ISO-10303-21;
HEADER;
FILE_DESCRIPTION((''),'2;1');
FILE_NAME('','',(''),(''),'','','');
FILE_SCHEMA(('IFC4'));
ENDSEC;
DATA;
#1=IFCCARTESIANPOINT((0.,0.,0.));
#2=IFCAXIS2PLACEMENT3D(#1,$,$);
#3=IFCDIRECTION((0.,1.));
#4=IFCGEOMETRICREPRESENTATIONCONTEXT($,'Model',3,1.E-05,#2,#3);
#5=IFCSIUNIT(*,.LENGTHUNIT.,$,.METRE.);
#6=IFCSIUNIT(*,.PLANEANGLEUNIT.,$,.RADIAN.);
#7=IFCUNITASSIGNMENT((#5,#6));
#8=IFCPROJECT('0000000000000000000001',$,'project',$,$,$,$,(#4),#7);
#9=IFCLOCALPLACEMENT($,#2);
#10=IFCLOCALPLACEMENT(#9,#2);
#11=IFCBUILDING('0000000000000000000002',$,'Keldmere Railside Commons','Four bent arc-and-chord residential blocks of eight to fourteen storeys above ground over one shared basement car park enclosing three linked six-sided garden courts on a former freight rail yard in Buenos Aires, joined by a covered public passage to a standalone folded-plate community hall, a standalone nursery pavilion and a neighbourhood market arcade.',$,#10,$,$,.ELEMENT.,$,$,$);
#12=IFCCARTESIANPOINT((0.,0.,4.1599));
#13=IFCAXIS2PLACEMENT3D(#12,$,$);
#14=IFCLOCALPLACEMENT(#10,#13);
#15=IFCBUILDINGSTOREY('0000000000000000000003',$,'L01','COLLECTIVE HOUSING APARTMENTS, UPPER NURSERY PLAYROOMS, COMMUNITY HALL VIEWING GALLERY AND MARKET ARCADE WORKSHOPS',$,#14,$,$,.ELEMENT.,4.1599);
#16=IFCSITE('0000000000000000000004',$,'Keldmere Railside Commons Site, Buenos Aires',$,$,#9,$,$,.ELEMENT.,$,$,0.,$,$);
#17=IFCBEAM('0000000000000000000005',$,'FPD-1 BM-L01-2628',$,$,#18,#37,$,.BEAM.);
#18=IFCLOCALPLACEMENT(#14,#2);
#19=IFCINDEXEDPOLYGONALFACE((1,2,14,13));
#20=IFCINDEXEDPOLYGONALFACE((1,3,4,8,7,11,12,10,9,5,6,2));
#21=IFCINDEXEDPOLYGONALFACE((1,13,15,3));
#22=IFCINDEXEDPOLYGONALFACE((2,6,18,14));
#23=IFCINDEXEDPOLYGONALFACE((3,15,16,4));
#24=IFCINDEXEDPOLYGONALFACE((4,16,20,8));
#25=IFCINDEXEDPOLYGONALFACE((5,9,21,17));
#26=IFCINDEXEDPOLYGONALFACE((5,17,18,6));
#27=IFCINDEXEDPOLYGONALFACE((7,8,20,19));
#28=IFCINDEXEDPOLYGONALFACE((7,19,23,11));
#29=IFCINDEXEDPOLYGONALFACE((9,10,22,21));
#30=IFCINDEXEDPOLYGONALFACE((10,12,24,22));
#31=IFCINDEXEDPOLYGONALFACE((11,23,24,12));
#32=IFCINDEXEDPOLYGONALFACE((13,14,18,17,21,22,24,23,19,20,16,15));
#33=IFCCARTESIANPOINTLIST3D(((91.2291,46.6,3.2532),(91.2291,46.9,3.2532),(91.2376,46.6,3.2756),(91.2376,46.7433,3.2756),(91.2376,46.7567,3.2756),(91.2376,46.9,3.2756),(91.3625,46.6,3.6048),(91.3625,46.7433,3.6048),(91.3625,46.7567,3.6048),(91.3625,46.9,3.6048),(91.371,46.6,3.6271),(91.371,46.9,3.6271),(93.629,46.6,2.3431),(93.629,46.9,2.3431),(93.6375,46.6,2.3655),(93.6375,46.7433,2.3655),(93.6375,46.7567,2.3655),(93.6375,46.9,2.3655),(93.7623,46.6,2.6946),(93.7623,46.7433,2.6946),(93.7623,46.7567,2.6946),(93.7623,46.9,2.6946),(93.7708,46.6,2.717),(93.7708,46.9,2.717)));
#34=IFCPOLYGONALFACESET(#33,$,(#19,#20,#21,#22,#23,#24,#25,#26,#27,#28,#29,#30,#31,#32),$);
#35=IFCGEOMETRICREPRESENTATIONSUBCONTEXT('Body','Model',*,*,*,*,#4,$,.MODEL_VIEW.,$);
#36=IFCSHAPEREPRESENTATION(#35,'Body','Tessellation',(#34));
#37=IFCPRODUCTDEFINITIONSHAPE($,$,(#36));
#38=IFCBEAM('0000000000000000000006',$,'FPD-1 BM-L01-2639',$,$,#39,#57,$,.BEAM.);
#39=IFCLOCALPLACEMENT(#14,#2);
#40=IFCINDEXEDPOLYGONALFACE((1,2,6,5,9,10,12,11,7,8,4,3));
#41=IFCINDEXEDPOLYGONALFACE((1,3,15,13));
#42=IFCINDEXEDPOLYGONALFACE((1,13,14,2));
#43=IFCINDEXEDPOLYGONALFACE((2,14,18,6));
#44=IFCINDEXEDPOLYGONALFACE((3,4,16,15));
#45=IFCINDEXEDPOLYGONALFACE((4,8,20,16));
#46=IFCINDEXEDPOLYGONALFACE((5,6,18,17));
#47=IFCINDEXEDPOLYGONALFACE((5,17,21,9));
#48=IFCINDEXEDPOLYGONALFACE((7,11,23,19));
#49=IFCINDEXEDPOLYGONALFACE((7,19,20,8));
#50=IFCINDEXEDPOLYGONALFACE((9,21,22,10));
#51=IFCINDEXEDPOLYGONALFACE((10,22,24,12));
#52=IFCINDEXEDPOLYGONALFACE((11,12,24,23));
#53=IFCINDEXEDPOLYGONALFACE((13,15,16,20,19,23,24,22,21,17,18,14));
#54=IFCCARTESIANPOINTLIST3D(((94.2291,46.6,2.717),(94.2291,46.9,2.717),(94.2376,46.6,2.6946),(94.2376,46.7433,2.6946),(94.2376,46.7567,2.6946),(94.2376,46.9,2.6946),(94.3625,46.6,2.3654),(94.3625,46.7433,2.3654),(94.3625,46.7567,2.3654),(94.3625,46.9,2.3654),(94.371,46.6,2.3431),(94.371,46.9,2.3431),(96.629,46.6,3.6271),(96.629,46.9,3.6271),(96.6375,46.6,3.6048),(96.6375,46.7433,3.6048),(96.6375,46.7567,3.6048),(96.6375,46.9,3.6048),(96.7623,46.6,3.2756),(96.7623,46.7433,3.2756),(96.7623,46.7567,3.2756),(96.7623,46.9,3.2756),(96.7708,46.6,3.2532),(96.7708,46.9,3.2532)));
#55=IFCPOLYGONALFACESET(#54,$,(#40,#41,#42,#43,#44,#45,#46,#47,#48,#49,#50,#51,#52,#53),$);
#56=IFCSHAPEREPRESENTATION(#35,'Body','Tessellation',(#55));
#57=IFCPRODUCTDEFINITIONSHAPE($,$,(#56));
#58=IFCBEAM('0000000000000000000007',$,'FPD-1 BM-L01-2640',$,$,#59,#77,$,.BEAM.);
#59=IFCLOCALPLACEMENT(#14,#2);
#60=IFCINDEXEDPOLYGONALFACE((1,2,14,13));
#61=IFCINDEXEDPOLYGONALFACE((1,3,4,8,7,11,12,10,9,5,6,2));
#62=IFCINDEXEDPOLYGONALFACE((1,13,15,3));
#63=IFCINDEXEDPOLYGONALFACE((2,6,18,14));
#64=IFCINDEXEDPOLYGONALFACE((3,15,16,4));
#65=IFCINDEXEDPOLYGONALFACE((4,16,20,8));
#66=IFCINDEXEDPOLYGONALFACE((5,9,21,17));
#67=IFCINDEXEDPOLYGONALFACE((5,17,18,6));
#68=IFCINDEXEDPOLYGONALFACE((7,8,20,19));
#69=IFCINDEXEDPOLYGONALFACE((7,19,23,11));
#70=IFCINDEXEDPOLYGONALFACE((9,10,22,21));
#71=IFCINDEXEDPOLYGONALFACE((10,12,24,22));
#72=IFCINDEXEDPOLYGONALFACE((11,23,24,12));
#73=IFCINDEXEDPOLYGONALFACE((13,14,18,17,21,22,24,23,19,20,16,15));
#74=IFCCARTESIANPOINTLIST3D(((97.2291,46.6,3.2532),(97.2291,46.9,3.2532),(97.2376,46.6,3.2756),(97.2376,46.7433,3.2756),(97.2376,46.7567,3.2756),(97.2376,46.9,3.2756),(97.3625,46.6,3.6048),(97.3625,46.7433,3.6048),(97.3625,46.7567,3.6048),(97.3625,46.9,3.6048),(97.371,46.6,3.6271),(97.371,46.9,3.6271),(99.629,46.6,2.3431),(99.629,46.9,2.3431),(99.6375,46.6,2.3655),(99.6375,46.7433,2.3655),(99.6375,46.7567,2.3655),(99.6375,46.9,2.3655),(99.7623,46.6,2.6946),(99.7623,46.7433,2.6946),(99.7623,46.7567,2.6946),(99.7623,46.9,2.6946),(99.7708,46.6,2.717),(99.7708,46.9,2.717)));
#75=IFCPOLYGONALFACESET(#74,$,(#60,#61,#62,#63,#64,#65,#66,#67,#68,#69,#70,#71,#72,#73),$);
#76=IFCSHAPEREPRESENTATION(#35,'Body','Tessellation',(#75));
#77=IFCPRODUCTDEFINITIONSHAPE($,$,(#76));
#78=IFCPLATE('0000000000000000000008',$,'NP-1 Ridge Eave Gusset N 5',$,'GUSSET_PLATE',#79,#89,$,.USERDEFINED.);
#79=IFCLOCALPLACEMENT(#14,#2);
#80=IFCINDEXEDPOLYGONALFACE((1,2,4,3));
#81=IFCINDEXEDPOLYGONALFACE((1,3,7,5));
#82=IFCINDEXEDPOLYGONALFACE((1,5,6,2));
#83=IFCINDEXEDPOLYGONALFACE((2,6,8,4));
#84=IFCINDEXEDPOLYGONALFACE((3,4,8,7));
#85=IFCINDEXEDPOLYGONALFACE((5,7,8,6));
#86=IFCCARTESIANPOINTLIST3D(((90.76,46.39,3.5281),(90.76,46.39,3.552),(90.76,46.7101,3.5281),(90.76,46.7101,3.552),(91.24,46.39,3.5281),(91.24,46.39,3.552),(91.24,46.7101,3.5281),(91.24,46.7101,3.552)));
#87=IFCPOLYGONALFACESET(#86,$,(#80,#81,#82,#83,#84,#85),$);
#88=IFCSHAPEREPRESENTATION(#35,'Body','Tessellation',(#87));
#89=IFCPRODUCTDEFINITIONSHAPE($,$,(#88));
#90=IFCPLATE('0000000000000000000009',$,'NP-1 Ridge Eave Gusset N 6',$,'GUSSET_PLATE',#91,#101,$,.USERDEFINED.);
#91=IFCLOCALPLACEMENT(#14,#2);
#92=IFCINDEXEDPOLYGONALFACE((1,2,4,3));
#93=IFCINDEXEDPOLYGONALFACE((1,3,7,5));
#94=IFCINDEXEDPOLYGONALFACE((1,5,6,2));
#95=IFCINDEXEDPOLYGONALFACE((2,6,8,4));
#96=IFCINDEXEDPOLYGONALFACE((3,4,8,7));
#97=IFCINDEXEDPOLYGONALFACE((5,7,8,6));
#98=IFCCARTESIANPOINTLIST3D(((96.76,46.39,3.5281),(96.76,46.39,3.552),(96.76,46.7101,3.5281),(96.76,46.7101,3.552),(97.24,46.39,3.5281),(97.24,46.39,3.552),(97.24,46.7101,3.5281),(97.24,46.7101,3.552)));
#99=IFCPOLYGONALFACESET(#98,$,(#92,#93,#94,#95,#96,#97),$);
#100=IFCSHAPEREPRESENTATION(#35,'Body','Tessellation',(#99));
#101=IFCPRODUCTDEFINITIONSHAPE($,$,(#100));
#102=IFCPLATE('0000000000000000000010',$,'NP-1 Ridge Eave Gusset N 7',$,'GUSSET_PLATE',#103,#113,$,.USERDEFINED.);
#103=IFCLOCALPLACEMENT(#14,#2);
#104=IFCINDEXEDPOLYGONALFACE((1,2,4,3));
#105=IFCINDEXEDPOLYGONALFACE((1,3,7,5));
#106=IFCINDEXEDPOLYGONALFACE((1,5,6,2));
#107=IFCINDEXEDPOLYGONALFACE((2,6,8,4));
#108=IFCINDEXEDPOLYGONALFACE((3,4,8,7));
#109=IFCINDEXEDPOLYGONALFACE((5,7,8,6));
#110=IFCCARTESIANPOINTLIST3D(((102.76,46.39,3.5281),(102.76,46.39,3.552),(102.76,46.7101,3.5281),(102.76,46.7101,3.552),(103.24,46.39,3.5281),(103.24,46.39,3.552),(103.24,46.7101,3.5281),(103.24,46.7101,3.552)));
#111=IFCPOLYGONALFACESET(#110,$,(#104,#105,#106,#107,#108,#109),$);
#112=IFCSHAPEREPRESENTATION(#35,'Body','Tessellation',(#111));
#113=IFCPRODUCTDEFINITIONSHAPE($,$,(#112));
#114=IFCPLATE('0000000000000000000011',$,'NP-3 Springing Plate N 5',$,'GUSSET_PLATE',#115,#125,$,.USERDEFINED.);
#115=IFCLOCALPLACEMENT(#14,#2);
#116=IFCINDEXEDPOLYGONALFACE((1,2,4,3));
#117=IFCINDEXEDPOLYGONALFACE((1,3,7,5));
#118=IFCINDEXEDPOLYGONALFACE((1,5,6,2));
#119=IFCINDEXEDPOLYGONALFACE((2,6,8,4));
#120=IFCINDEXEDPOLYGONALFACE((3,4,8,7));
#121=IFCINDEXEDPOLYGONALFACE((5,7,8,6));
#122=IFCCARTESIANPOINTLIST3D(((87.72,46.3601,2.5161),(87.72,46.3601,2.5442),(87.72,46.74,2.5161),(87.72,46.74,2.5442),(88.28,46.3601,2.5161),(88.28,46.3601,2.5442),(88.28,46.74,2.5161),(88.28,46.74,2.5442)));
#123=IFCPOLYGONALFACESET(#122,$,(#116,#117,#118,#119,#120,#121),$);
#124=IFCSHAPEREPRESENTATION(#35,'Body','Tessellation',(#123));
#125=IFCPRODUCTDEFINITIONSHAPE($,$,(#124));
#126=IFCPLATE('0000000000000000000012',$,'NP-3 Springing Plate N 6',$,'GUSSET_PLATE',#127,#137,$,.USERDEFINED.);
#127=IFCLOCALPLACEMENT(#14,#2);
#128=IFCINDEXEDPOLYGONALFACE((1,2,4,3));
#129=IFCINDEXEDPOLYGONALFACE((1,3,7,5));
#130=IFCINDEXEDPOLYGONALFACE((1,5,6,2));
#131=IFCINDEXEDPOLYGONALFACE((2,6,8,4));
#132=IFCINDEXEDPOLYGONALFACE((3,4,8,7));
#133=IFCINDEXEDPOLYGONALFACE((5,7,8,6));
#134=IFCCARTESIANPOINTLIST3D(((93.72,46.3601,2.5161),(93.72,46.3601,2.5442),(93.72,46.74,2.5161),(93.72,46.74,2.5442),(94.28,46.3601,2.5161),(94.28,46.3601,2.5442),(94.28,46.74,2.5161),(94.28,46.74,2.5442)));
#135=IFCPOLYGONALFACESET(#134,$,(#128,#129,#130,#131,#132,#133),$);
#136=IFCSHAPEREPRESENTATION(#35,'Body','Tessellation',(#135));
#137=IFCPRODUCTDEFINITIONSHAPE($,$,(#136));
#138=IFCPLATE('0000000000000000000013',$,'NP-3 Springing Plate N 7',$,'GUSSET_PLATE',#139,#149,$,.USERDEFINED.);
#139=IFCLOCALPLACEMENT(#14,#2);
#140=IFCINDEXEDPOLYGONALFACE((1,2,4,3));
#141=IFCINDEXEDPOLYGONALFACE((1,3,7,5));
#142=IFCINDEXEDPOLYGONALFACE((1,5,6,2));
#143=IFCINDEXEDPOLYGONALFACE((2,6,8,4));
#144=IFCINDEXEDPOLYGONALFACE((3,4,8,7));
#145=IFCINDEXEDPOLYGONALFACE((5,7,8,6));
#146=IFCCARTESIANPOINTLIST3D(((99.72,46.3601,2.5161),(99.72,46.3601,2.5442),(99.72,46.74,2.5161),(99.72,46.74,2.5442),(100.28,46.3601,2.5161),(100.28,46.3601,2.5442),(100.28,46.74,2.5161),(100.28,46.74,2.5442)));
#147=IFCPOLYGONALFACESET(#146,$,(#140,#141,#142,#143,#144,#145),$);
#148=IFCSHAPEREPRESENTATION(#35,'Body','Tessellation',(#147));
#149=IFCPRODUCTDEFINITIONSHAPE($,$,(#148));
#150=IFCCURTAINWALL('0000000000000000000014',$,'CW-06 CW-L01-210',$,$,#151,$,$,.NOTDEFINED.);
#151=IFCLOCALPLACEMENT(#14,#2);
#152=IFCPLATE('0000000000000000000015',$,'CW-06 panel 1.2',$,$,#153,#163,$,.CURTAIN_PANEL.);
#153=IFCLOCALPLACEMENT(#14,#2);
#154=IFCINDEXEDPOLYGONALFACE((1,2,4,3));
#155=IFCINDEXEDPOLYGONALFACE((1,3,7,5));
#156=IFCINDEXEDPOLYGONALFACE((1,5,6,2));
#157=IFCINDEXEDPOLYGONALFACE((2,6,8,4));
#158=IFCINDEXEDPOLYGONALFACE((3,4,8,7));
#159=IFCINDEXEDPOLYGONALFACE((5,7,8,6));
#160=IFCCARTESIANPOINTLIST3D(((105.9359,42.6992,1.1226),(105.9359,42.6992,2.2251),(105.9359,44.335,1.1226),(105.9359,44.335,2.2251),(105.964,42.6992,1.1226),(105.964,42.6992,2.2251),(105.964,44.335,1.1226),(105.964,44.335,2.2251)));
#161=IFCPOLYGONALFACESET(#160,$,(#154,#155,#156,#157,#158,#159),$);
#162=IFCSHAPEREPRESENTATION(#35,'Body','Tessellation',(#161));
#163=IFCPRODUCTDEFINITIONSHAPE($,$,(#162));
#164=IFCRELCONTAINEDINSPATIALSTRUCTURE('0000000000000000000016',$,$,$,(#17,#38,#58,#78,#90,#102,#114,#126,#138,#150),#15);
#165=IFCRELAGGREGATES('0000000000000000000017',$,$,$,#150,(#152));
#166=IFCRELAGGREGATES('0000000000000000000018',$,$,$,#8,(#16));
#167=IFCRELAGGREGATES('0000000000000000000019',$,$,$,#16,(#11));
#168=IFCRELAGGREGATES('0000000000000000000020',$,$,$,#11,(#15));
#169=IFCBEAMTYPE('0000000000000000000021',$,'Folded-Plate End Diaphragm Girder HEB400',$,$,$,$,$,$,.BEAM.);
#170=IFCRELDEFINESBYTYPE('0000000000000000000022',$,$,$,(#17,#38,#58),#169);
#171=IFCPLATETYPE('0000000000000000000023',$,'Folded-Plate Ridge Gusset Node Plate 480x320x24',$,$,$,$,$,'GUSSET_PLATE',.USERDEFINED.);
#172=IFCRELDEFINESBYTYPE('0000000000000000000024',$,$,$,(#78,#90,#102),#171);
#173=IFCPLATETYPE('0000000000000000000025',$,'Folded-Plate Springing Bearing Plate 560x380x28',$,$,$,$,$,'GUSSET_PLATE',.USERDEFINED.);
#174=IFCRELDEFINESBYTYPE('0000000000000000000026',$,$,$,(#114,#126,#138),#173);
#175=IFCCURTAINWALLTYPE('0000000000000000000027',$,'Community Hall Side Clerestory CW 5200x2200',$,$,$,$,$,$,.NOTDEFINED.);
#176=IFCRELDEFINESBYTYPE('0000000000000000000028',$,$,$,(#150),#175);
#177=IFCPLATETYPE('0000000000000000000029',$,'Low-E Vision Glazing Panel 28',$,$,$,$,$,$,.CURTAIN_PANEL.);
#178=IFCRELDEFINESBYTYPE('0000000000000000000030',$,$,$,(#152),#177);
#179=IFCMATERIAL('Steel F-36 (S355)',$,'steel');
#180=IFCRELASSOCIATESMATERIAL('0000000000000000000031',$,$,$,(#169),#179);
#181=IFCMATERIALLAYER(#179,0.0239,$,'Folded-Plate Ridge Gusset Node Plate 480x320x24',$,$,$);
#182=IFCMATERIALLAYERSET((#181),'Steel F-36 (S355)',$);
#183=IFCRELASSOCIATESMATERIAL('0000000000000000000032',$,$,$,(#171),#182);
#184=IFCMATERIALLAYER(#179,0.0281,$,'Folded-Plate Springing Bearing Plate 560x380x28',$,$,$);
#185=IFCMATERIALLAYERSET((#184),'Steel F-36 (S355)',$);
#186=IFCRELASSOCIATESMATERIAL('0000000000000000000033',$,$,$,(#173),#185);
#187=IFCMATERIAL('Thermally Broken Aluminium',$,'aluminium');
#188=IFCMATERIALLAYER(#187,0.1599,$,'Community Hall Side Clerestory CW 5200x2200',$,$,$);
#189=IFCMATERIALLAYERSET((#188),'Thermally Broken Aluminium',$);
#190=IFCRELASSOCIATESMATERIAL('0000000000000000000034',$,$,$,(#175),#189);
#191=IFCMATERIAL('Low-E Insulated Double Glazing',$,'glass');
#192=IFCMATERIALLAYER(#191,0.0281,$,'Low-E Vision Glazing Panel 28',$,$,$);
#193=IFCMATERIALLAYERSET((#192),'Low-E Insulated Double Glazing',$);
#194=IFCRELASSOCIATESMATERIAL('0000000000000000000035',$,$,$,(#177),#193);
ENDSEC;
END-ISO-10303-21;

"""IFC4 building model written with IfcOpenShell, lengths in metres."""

from ifc_helpers import new_model, si_unit, direction, frame, origin, origin_2d, place, context, subcontext, project, spatial, rectangle, i_section, extrude, material, layer, layer_set, material_profile, profile_set, type_object, element, aggregate, save


model = new_model("IFC4")

# Units and contexts
model_context = context("Model", 3, precision=1e-05, world=origin(), true_north=direction((0.0, 1.0)))
body_context = subcontext(model_context, "Body", "Model", "MODEL_VIEW")
ifc_project = project(units=[si_unit("LENGTHUNIT", "METRE"), si_unit("PLANEANGLEUNIT", "RADIAN")], contexts=[model_context])

# Site, building, storey
site_placement = place(None, origin())
site = spatial("IfcSite", under=ifc_project, at=site_placement, Name="Keldmere Railside Commons Site, Buenos Aires", CompositionType="ELEMENT", RefElevation=0.0)
building_placement = place(site_placement, origin())
building = spatial("IfcBuilding", under=site, at=building_placement, Name="Keldmere Railside Commons", Description="Four bent arc-and-chord residential blocks of eight to fourteen storeys above ground over one shared basement car park enclosing three linked six-sided garden courts on a former freight rail yard in Buenos Aires, joined by a covered public passage to a standalone folded-plate community hall, a standalone nursery pavilion and a neighbourhood market arcade.", CompositionType="ELEMENT")
storey_placement = place(building_placement, frame((0.0, 0.0, 4.1599)))
storey = spatial("IfcBuildingStorey", under=building, at=storey_placement, Name="L01", Description="COLLECTIVE HOUSING APARTMENTS, UPPER NURSERY PLAYROOMS, COMMUNITY HALL VIEWING GALLERY AND MARKET ARCADE WORKSHOPS", CompositionType="ELEMENT", Elevation=4.1599)

# Beams
ifc_material_1 = material(Name="Steel F-36 (S355)", Category="steel")
ifc_material_profile_1 = material_profile(ifc_material_1, i_section(OverallWidth=0.3, OverallDepth=0.3999, WebThickness=0.0134, FlangeThickness=0.0239, at=origin_2d()), Name="HEB-400")
ifc_profile_set_1 = profile_set([ifc_material_profile_1], Name="Steel F-36 (S355)")
beam_type_1 = type_object("IfcBeamType", Name="Folded-Plate End Diaphragm Girder HEB400", PredefinedType="BEAM", material=ifc_profile_set_1)
for number, where, z_axis, x_axis, name in (
    (1, (91.3, 46.75, 3.4402), (0.935017, 0.0, -0.354603), (0.0, 1.0, 0.0), "FPD-1 BM-L01-2628"),
    (2, (94.3, 46.75, 2.53), (0.935017, 0.0, 0.354603), (0.0, 1.0, 0.0), "FPD-1 BM-L01-2639"),
    (3, (97.3, 46.75, 3.4402), (0.935017, 0.0, -0.354603), (0.0, 1.0, 0.0), "FPD-1 BM-L01-2640"),
):
    element("IfcBeam", number, at=place(storey_placement, frame(where, z_axis=z_axis, x_axis=x_axis)), inside=storey, type_object=beam_type_1, Name=name, PredefinedType="BEAM", context=body_context, shape_type="SweptSolid", body=[
        extrude(i_section(OverallWidth=0.3, OverallDepth=0.3999, WebThickness=0.0134, FlangeThickness=0.0239, at=origin_2d()), origin(), (0.0, 0.0, 1.0), 2.5667),
    ])

# Plates
ifc_layer_1 = layer(ifc_material_1, 0.0239, Name="Folded-Plate Ridge Gusset Node Plate 480x320x24")
ifc_layer_set_1 = layer_set([ifc_layer_1], Name="Steel F-36 (S355)")
plate_type_1 = type_object("IfcPlateType", Name="Folded-Plate Ridge Gusset Node Plate 480x320x24", ElementType="GUSSET_PLATE", PredefinedType="USERDEFINED", material=ifc_layer_set_1)
for number, where, z_axis, x_axis, name in (
    (4, (91.0, 46.55, 3.5281), (0.0, 0.0, 1.0), (1.0, 0.0, 0.0), "NP-1 Ridge Eave Gusset N 5"),
    (5, (97.0, 46.55, 3.5281), (0.0, 0.0, 1.0), (1.0, 0.0, 0.0), "NP-1 Ridge Eave Gusset N 6"),
    (6, (103.0, 46.55, 3.5281), (0.0, 0.0, 1.0), (1.0, 0.0, 0.0), "NP-1 Ridge Eave Gusset N 7"),
):
    element("IfcPlate", number, at=place(storey_placement, frame(where, z_axis=z_axis, x_axis=x_axis)), inside=storey, type_object=plate_type_1, Name=name, ObjectType="GUSSET_PLATE", PredefinedType="USERDEFINED", context=body_context, shape_type="SweptSolid", body=[
        extrude(rectangle(XDim=0.48, YDim=0.3201, at=origin_2d()), origin(), (0.0, 0.0, 1.0), 0.0239),
    ])
ifc_layer_2 = layer(ifc_material_1, 0.0281, Name="Folded-Plate Springing Bearing Plate 560x380x28")
ifc_layer_set_2 = layer_set([ifc_layer_2], Name="Steel F-36 (S355)")
plate_type_2 = type_object("IfcPlateType", Name="Folded-Plate Springing Bearing Plate 560x380x28", ElementType="GUSSET_PLATE", PredefinedType="USERDEFINED", material=ifc_layer_set_2)
for number, where, z_axis, x_axis, name in (
    (7, (88.0, 46.55, 2.5161), (0.0, 0.0, 1.0), (1.0, 0.0, 0.0), "NP-3 Springing Plate N 5"),
    (8, (94.0, 46.55, 2.5161), (0.0, 0.0, 1.0), (1.0, 0.0, 0.0), "NP-3 Springing Plate N 6"),
    (9, (100.0, 46.55, 2.5161), (0.0, 0.0, 1.0), (1.0, 0.0, 0.0), "NP-3 Springing Plate N 7"),
):
    element("IfcPlate", number, at=place(storey_placement, frame(where, z_axis=z_axis, x_axis=x_axis)), inside=storey, type_object=plate_type_2, Name=name, ObjectType="GUSSET_PLATE", PredefinedType="USERDEFINED", context=body_context, shape_type="SweptSolid", body=[
        extrude(rectangle(XDim=0.5601, YDim=0.3799, at=origin_2d()), origin(), (0.0, 0.0, 1.0), 0.0281),
    ])

# Curtain wall, plate
ifc_material_2 = material(Name="Thermally Broken Aluminium", Category="aluminium")
ifc_layer_3 = layer(ifc_material_2, 0.1599, Name="Community Hall Side Clerestory CW 5200x2200")
ifc_layer_set_3 = layer_set([ifc_layer_3], Name="Thermally Broken Aluminium")
curtain_wall_type = type_object("IfcCurtainWallType", Name="Community Hall Side Clerestory CW 5200x2200", PredefinedType="NOTDEFINED", material=ifc_layer_set_3)
curtain_wall_placement = place(storey_placement, origin())
curtain_wall = element("IfcCurtainWall", 10, at=curtain_wall_placement, inside=storey, type_object=curtain_wall_type, Name="CW-06 CW-L01-210", PredefinedType="NOTDEFINED")
ifc_material_3 = material(Name="Low-E Insulated Double Glazing", Category="glass")
ifc_layer_4 = layer(ifc_material_3, 0.0281, Name="Low-E Vision Glazing Panel 28")
ifc_layer_set_4 = layer_set([ifc_layer_4], Name="Low-E Insulated Double Glazing")
plate_type_3 = type_object("IfcPlateType", Name="Low-E Vision Glazing Panel 28", PredefinedType="CURTAIN_PANEL", material=ifc_layer_set_4)
plate_placement = place(storey_placement, frame((105.95, 43.5171, 1.1226), z_axis=(0.0, 0.0, 1.0), x_axis=(0.0, -1.0, 0.0)))
plate = element("IfcPlate", 11, at=plate_placement, type_object=plate_type_3, Name="CW-06 panel 1.2", PredefinedType="CURTAIN_PANEL", context=body_context, shape_type="SweptSolid", body=[
    extrude(rectangle(XDim=1.6357, YDim=0.0281, at=origin_2d()), origin(), (0.0, 0.0, 1.0), 1.1025),
])
aggregate(curtain_wall, [plate])

save(model, "model.ifc")
